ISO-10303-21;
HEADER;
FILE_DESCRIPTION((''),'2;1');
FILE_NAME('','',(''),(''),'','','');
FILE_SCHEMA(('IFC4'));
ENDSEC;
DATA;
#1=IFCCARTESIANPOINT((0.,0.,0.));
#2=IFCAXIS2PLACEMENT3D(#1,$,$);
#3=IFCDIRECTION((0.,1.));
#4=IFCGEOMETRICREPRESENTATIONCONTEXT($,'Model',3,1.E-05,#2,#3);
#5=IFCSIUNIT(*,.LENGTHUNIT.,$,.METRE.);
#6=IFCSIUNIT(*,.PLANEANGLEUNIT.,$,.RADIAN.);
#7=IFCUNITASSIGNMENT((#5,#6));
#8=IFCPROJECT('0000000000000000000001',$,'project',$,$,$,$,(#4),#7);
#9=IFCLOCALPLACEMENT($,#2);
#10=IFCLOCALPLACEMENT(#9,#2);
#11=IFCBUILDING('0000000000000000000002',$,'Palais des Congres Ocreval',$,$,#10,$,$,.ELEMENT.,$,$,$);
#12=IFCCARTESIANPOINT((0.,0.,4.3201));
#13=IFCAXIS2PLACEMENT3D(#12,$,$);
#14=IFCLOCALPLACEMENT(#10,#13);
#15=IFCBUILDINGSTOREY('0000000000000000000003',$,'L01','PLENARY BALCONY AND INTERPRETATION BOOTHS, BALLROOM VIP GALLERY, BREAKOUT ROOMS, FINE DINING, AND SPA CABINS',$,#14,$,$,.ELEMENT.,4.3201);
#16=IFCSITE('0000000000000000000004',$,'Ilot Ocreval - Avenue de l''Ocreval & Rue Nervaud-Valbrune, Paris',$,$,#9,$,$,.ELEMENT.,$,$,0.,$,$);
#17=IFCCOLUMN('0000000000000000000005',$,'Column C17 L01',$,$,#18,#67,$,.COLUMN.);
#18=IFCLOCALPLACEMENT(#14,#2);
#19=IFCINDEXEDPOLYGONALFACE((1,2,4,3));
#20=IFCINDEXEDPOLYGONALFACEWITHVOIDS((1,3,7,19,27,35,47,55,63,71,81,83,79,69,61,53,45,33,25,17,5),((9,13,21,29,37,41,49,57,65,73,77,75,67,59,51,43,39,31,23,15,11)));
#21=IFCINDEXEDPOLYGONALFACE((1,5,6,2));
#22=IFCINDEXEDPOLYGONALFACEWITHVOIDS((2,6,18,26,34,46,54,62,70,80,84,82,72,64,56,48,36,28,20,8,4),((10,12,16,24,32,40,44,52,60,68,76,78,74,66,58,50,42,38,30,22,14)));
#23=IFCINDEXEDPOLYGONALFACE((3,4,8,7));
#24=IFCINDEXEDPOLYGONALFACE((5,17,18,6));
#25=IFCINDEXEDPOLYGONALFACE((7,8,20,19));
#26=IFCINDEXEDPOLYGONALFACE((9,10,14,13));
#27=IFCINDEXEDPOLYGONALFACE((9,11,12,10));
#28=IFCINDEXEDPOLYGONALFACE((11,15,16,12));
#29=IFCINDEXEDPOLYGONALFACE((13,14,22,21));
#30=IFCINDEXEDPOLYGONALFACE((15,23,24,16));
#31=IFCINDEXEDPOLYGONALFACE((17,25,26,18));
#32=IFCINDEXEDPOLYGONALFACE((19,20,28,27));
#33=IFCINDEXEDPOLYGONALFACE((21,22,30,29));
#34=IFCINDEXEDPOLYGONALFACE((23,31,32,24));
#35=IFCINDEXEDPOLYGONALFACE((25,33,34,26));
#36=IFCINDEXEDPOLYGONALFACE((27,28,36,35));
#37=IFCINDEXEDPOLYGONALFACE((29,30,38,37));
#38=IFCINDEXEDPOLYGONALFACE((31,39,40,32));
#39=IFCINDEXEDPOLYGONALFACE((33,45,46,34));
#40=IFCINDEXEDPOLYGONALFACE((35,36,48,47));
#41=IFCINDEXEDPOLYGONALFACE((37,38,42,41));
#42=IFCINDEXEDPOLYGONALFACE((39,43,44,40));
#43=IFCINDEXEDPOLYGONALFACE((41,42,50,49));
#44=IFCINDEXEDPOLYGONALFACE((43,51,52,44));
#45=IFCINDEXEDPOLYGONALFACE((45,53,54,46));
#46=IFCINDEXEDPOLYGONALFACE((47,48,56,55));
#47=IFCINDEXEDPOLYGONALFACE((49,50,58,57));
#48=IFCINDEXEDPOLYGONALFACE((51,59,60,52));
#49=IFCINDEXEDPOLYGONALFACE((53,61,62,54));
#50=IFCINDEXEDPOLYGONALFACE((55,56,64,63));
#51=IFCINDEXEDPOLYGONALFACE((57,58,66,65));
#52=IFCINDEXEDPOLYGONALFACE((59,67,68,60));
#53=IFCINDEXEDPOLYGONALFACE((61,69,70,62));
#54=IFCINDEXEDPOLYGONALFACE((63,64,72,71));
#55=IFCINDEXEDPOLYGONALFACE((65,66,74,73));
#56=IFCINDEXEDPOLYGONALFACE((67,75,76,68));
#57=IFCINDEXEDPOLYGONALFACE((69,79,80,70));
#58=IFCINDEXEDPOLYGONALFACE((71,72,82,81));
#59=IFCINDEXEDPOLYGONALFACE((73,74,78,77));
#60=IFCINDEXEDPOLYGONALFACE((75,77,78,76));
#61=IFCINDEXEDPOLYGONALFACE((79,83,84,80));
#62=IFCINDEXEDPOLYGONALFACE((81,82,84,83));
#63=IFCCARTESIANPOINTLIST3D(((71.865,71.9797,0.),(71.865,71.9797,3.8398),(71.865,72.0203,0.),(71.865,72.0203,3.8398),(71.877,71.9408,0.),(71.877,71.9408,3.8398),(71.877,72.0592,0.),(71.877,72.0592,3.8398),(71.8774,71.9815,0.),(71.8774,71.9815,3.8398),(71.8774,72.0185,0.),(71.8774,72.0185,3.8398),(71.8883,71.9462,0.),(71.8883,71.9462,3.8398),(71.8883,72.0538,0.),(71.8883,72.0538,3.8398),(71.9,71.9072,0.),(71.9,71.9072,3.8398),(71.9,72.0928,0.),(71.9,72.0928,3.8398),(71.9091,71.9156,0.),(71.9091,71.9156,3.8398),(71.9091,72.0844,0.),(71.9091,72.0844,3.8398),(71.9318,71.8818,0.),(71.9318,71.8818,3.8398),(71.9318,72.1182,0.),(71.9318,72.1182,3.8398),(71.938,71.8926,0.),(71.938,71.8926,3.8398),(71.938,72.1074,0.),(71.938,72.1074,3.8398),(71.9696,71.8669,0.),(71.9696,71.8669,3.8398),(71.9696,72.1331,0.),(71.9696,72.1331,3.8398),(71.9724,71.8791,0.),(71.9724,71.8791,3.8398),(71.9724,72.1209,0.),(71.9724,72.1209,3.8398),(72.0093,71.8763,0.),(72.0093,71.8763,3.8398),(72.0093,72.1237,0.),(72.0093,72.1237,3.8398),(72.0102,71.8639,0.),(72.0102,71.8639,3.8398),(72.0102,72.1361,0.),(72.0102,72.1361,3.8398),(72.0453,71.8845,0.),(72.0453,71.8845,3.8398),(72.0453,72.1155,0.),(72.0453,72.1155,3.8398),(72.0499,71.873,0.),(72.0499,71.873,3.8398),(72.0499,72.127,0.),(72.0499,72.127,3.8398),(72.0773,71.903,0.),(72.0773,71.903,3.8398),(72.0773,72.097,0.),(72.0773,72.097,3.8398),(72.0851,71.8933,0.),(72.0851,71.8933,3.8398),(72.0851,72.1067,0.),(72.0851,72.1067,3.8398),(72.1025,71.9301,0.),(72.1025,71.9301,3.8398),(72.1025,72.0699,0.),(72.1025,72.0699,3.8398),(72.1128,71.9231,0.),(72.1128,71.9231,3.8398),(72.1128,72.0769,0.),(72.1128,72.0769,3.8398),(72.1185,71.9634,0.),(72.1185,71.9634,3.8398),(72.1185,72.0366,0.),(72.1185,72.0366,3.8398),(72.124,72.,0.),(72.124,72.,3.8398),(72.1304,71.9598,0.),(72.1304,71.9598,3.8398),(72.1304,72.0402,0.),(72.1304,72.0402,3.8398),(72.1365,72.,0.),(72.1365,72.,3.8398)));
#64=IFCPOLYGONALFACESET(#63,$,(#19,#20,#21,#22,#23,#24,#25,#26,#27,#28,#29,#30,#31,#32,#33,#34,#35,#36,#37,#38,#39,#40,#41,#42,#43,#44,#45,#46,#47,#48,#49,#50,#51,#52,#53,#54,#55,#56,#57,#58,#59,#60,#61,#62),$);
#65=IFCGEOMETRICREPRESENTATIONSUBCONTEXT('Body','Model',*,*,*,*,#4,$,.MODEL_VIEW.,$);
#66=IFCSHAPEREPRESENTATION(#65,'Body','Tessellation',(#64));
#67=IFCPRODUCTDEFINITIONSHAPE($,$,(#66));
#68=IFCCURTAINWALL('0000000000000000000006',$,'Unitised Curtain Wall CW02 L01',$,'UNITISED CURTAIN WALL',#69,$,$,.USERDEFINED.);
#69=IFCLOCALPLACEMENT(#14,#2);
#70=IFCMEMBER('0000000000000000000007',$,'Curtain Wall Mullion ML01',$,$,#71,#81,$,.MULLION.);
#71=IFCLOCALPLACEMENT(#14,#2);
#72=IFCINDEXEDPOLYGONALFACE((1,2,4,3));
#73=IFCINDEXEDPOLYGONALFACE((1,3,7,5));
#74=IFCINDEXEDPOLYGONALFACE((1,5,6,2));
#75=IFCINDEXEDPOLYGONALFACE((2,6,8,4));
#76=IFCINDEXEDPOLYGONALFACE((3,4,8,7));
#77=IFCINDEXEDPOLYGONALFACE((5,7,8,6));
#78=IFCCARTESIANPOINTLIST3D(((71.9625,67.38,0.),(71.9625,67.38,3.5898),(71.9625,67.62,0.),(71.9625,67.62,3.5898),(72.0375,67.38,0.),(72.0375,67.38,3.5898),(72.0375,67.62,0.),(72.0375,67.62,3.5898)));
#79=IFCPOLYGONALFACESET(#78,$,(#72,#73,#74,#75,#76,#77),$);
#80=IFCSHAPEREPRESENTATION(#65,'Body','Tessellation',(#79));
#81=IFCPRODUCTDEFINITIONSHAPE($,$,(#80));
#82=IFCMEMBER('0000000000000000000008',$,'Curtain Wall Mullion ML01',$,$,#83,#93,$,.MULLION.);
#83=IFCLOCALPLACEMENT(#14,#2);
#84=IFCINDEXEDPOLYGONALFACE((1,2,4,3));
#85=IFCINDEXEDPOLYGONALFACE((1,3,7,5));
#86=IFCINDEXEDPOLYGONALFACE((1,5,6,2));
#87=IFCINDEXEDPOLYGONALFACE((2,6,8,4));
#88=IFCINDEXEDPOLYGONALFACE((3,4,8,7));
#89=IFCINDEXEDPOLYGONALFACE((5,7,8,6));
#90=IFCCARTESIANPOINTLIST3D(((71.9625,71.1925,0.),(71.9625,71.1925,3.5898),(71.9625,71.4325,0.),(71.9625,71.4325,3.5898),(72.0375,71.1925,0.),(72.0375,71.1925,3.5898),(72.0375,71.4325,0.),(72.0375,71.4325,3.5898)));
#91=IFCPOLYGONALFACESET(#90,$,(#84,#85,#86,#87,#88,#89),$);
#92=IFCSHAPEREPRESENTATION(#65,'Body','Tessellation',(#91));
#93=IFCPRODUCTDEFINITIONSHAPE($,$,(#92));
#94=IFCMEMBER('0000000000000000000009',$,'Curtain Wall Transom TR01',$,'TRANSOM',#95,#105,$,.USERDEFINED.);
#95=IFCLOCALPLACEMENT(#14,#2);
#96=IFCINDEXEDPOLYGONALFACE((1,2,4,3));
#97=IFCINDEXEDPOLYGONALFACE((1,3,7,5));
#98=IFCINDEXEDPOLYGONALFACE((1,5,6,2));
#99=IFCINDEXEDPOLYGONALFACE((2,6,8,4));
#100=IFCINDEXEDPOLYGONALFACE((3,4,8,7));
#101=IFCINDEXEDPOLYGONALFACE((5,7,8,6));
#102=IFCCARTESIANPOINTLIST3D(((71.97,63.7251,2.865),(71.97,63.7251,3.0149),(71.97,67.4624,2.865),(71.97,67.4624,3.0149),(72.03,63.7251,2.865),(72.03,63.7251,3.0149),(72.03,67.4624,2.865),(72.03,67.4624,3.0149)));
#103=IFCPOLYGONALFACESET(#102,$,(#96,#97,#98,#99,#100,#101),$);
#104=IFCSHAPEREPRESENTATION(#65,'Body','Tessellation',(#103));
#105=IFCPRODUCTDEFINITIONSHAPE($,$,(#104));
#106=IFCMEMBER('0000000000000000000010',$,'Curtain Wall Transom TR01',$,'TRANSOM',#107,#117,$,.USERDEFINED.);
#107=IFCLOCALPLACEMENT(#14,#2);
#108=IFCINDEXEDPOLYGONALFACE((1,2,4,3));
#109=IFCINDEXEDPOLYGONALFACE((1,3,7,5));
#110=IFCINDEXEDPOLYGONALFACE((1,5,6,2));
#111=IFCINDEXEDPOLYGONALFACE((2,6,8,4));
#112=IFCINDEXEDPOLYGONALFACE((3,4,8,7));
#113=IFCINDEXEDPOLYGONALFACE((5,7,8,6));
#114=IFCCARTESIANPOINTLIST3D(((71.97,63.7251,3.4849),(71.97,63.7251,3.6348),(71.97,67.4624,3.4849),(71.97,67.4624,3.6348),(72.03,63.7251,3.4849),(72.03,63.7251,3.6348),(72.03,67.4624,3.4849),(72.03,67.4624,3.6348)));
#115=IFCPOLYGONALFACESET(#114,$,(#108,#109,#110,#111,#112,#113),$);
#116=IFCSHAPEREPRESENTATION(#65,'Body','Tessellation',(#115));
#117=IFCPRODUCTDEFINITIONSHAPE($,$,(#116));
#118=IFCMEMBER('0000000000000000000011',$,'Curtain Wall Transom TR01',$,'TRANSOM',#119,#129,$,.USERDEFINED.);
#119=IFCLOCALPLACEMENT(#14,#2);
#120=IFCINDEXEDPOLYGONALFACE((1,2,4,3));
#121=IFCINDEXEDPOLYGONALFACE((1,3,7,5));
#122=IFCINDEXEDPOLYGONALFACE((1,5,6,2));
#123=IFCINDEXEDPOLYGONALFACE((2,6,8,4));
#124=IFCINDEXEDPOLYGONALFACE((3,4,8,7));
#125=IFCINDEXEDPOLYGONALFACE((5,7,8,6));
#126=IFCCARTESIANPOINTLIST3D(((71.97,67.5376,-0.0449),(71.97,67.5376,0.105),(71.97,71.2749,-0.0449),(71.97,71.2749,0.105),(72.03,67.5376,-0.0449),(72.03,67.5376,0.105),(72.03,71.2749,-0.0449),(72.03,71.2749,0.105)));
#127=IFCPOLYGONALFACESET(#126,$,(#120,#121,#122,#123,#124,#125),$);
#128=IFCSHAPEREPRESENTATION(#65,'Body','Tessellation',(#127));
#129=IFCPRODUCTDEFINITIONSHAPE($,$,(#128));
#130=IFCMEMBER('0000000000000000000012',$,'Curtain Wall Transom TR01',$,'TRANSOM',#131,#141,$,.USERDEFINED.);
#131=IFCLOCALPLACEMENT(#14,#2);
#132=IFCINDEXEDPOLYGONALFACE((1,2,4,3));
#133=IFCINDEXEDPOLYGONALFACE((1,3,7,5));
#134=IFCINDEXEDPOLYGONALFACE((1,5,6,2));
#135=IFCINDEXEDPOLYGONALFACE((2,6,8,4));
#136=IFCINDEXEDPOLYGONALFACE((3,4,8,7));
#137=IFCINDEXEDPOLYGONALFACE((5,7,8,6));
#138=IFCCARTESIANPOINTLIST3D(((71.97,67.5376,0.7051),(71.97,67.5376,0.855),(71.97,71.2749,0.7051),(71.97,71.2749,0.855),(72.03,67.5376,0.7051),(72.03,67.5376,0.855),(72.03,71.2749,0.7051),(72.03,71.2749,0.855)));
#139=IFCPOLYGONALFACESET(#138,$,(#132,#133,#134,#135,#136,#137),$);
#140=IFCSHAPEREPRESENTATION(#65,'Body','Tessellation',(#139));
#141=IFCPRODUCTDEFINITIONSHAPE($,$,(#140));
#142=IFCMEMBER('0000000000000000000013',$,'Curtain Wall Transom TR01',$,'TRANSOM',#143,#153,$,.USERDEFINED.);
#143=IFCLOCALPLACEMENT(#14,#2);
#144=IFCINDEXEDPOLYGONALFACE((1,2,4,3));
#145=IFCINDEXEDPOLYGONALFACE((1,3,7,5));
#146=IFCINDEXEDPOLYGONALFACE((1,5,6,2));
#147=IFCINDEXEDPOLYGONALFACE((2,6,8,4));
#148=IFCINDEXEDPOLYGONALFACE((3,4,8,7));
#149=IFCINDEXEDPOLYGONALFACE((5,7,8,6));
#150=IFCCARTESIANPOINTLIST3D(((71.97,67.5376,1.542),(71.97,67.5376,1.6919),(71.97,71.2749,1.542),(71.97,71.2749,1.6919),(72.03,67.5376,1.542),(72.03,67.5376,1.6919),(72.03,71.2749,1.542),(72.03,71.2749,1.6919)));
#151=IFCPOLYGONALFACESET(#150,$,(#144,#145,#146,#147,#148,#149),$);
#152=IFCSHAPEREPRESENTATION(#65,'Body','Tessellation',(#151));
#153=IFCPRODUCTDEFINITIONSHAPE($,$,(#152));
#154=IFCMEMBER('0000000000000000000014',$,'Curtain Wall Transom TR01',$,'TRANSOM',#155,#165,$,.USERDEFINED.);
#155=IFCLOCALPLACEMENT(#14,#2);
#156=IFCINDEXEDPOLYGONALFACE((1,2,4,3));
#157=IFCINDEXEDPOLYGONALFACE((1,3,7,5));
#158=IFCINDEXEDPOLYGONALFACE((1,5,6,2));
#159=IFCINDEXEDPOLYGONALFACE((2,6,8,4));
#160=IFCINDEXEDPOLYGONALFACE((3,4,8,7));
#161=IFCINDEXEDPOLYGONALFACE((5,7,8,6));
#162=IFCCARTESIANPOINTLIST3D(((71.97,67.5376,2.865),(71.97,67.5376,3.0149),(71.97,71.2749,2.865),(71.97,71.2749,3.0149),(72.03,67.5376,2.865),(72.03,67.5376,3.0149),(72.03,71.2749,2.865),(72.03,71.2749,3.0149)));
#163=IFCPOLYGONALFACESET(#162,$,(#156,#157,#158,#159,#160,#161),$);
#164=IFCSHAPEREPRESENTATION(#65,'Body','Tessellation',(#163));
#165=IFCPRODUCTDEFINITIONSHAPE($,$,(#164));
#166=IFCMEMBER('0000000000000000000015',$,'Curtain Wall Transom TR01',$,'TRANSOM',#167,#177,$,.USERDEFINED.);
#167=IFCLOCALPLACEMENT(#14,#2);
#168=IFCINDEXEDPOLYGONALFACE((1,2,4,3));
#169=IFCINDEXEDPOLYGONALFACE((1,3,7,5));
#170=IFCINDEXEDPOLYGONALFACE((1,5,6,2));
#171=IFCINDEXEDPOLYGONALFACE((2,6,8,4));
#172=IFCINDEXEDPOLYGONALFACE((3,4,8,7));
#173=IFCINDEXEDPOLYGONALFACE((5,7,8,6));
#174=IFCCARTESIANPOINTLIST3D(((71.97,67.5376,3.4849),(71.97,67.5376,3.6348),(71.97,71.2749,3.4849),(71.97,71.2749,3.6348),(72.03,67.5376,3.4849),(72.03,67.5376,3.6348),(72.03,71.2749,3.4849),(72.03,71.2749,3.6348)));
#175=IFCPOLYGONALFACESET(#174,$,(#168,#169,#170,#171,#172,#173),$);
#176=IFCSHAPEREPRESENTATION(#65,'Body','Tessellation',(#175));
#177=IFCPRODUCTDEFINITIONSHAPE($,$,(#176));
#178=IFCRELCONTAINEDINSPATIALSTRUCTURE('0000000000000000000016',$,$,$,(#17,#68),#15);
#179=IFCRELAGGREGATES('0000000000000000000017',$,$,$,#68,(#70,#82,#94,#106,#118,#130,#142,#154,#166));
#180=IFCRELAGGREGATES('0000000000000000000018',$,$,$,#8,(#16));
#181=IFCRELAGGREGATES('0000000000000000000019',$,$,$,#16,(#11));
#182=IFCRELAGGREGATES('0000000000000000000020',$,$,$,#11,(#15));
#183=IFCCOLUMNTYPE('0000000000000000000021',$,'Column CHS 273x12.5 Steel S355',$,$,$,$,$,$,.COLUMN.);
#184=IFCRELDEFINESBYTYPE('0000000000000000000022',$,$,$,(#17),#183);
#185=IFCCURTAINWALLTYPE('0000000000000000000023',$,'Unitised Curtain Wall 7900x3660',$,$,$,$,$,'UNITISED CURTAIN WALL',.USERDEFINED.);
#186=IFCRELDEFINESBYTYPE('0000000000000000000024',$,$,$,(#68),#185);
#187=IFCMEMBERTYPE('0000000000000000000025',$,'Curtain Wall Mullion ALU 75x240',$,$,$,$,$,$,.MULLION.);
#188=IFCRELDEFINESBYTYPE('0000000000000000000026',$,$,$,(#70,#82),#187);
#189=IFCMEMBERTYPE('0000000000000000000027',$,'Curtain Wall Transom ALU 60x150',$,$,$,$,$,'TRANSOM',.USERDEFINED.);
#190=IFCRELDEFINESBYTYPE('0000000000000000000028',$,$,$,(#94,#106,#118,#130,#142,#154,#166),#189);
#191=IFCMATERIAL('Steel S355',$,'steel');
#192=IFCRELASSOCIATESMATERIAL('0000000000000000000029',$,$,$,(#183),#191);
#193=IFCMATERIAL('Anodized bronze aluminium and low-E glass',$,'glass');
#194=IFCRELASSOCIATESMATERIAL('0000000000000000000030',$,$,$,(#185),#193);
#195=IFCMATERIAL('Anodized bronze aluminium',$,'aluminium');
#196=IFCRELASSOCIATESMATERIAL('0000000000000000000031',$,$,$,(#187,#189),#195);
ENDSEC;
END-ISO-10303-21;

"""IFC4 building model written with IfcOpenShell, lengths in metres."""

from ifc_helpers import new_model, si_unit, direction, frame, origin, origin_2d, place, context, subcontext, project, spatial, rectangle, hollow_circle, extrude, material, material_profile, profile_set, type_object, element, aggregate, save


model = new_model("IFC4")

# Units and contexts
model_context = context("Model", 3, precision=1e-05, world=origin(), true_north=direction((0.0, 1.0)))
body_context = subcontext(model_context, "Body", "Model", "MODEL_VIEW")
ifc_project = project(units=[si_unit("LENGTHUNIT", "METRE"), si_unit("PLANEANGLEUNIT", "RADIAN")], contexts=[model_context])

# Site, building, storey
site_placement = place(None, origin())
site = spatial("IfcSite", under=ifc_project, at=site_placement, Name="Ilot Ocreval - Avenue de l'Ocreval & Rue Nervaud-Valbrune, Paris", CompositionType="ELEMENT", RefElevation=0.0)
building_placement = place(site_placement, origin())
building = spatial("IfcBuilding", under=site, at=building_placement, Name="Palais des Congres Ocreval", CompositionType="ELEMENT")
storey_placement = place(building_placement, frame((0.0, 0.0, 4.3201)))
storey = spatial("IfcBuildingStorey", under=building, at=storey_placement, Name="L01", Description="PLENARY BALCONY AND INTERPRETATION BOOTHS, BALLROOM VIP GALLERY, BREAKOUT ROOMS, FINE DINING, AND SPA CABINS", CompositionType="ELEMENT", Elevation=4.3201)

# Column
ifc_material_1 = material(Name="Steel S355", Category="steel")
ifc_material_profile_1 = material_profile(ifc_material_1, hollow_circle(Radius=0.1365, WallThickness=0.0125, at=origin_2d()), Name="CHS 273x12.5")
ifc_profile_set_1 = profile_set([ifc_material_profile_1], Name="Steel S355")
column_type = type_object("IfcColumnType", Name="Column CHS 273x12.5 Steel S355", PredefinedType="COLUMN", material=ifc_profile_set_1)
column_placement = place(storey_placement, frame((72.0, 72.0, 0.0), z_axis=(0.0, 0.0, 1.0), x_axis=(1.0, 0.0, 0.0)))
element("IfcColumn", 1, at=column_placement, inside=storey, type_object=column_type, Name="Column C17 L01", PredefinedType="COLUMN", context=body_context, shape_type="SweptSolid", body=[
    extrude(hollow_circle(Radius=0.1365, WallThickness=0.0125, at=origin_2d()), origin(), (0.0, 0.0, 1.0), 3.8398),
])

# Curtain wall, members
ifc_material_2 = material(Name="Anodized bronze aluminium and low-E glass", Category="glass")
curtain_wall_type = type_object("IfcCurtainWallType", Name="Unitised Curtain Wall 7900x3660", ElementType="UNITISED CURTAIN WALL", PredefinedType="USERDEFINED", material=ifc_material_2)
curtain_wall_placement = place(storey_placement, origin())
curtain_wall = element("IfcCurtainWall", 2, at=curtain_wall_placement, inside=storey, type_object=curtain_wall_type, Name="Unitised Curtain Wall CW02 L01", ObjectType="UNITISED CURTAIN WALL", PredefinedType="USERDEFINED")
ifc_material_3 = material(Name="Anodized bronze aluminium", Category="aluminium")
ifc_material_profile_2 = material_profile(ifc_material_3, rectangle(XDim=0.075, YDim=0.24, at=origin_2d()), Name="ALU 75x240")
ifc_profile_set_2 = profile_set([ifc_material_profile_2], Name="Anodized bronze aluminium")
member_type_1 = type_object("IfcMemberType", Name="Curtain Wall Mullion ALU 75x240", PredefinedType="MULLION", material=ifc_profile_set_2)
member_1_placement = place(storey_placement, frame((72.0, 67.5, 0.0), z_axis=(0.0, 0.0, 1.0), x_axis=(-1.0, 0.0, 0.0)))
member_1 = element("IfcMember", 3, at=member_1_placement, type_object=member_type_1, Name="Curtain Wall Mullion ML01", PredefinedType="MULLION", context=body_context, shape_type="SweptSolid", body=[
    extrude(rectangle(XDim=0.075, YDim=0.24, at=origin_2d()), origin(), (0.0, 0.0, 1.0), 3.5898),
])
member_2_placement = place(storey_placement, frame((72.0, 71.3125, 0.0), z_axis=(0.0, 0.0, 1.0), x_axis=(-1.0, 0.0, 0.0)))
member_2 = element("IfcMember", 4, at=member_2_placement, type_object=member_type_1, Name="Curtain Wall Mullion ML01", PredefinedType="MULLION", context=body_context, shape_type="SweptSolid", body=[
    extrude(rectangle(XDim=0.075, YDim=0.24, at=origin_2d()), origin(), (0.0, 0.0, 1.0), 3.5898),
])
ifc_material_profile_3 = material_profile(ifc_material_3, rectangle(XDim=0.0601, YDim=0.1499, at=origin_2d()), Name="ALU 60x150")
ifc_profile_set_3 = profile_set([ifc_material_profile_3], Name="Anodized bronze aluminium")
member_type_2 = type_object("IfcMemberType", Name="Curtain Wall Transom ALU 60x150", ElementType="TRANSOM", PredefinedType="USERDEFINED", material=ifc_profile_set_3)
member_3_placement = place(storey_placement, frame((72.0, 63.7251, 2.9399), z_axis=(0.0, 1.0, 0.0), x_axis=(-1.0, 0.0, 0.0)))
member_3 = element("IfcMember", 5, at=member_3_placement, type_object=member_type_2, Name="Curtain Wall Transom TR01", ObjectType="TRANSOM", PredefinedType="USERDEFINED", context=body_context, shape_type="SweptSolid", body=[
    extrude(rectangle(XDim=0.0601, YDim=0.1499, at=origin_2d()), origin(), (0.0, 0.0, 1.0), 3.7373),
])
member_4_placement = place(storey_placement, frame((72.0, 63.7251, 3.5598), z_axis=(0.0, 1.0, 0.0), x_axis=(-1.0, 0.0, 0.0)))
member_4 = element("IfcMember", 6, at=member_4_placement, type_object=member_type_2, Name="Curtain Wall Transom TR01", ObjectType="TRANSOM", PredefinedType="USERDEFINED", context=body_context, shape_type="SweptSolid", body=[
    extrude(rectangle(XDim=0.0601, YDim=0.1499, at=origin_2d()), origin(), (0.0, 0.0, 1.0), 3.7373),
])
member_5_placement = place(storey_placement, frame((72.0, 67.5376, 0.03), z_axis=(0.0, 1.0, 0.0), x_axis=(-1.0, 0.0, 0.0)))
member_5 = element("IfcMember", 7, at=member_5_placement, type_object=member_type_2, Name="Curtain Wall Transom TR01", ObjectType="TRANSOM", PredefinedType="USERDEFINED", context=body_context, shape_type="SweptSolid", body=[
    extrude(rectangle(XDim=0.0601, YDim=0.1499, at=origin_2d()), origin(), (0.0, 0.0, 1.0), 3.7373),
])
member_6_placement = place(storey_placement, frame((72.0, 67.5376, 0.78), z_axis=(0.0, 1.0, 0.0), x_axis=(-1.0, 0.0, 0.0)))
member_6 = element("IfcMember", 8, at=member_6_placement, type_object=member_type_2, Name="Curtain Wall Transom TR01", ObjectType="TRANSOM", PredefinedType="USERDEFINED", context=body_context, shape_type="SweptSolid", body=[
    extrude(rectangle(XDim=0.0601, YDim=0.1499, at=origin_2d()), origin(), (0.0, 0.0, 1.0), 3.7373),
])
member_7_placement = place(storey_placement, frame((72.0, 67.5376, 1.6169), z_axis=(0.0, 1.0, 0.0), x_axis=(-1.0, 0.0, 0.0)))
member_7 = element("IfcMember", 9, at=member_7_placement, type_object=member_type_2, Name="Curtain Wall Transom TR01", ObjectType="TRANSOM", PredefinedType="USERDEFINED", context=body_context, shape_type="SweptSolid", body=[
    extrude(rectangle(XDim=0.0601, YDim=0.1499, at=origin_2d()), origin(), (0.0, 0.0, 1.0), 3.7373),
])
member_8_placement = place(storey_placement, frame((72.0, 67.5376, 2.9399), z_axis=(0.0, 1.0, 0.0), x_axis=(-1.0, 0.0, 0.0)))
member_8 = element("IfcMember", 10, at=member_8_placement, type_object=member_type_2, Name="Curtain Wall Transom TR01", ObjectType="TRANSOM", PredefinedType="USERDEFINED", context=body_context, shape_type="SweptSolid", body=[
    extrude(rectangle(XDim=0.0601, YDim=0.1499, at=origin_2d()), origin(), (0.0, 0.0, 1.0), 3.7373),
])
member_9_placement = place(storey_placement, frame((72.0, 67.5376, 3.5598), z_axis=(0.0, 1.0, 0.0), x_axis=(-1.0, 0.0, 0.0)))
member_9 = element("IfcMember", 11, at=member_9_placement, type_object=member_type_2, Name="Curtain Wall Transom TR01", ObjectType="TRANSOM", PredefinedType="USERDEFINED", context=body_context, shape_type="SweptSolid", body=[
    extrude(rectangle(XDim=0.0601, YDim=0.1499, at=origin_2d()), origin(), (0.0, 0.0, 1.0), 3.7373),
])

aggregate(curtain_wall, [member_1, member_2, member_3, member_4, member_5, member_6, member_7, member_8, member_9])

save(model, "model.ifc")
